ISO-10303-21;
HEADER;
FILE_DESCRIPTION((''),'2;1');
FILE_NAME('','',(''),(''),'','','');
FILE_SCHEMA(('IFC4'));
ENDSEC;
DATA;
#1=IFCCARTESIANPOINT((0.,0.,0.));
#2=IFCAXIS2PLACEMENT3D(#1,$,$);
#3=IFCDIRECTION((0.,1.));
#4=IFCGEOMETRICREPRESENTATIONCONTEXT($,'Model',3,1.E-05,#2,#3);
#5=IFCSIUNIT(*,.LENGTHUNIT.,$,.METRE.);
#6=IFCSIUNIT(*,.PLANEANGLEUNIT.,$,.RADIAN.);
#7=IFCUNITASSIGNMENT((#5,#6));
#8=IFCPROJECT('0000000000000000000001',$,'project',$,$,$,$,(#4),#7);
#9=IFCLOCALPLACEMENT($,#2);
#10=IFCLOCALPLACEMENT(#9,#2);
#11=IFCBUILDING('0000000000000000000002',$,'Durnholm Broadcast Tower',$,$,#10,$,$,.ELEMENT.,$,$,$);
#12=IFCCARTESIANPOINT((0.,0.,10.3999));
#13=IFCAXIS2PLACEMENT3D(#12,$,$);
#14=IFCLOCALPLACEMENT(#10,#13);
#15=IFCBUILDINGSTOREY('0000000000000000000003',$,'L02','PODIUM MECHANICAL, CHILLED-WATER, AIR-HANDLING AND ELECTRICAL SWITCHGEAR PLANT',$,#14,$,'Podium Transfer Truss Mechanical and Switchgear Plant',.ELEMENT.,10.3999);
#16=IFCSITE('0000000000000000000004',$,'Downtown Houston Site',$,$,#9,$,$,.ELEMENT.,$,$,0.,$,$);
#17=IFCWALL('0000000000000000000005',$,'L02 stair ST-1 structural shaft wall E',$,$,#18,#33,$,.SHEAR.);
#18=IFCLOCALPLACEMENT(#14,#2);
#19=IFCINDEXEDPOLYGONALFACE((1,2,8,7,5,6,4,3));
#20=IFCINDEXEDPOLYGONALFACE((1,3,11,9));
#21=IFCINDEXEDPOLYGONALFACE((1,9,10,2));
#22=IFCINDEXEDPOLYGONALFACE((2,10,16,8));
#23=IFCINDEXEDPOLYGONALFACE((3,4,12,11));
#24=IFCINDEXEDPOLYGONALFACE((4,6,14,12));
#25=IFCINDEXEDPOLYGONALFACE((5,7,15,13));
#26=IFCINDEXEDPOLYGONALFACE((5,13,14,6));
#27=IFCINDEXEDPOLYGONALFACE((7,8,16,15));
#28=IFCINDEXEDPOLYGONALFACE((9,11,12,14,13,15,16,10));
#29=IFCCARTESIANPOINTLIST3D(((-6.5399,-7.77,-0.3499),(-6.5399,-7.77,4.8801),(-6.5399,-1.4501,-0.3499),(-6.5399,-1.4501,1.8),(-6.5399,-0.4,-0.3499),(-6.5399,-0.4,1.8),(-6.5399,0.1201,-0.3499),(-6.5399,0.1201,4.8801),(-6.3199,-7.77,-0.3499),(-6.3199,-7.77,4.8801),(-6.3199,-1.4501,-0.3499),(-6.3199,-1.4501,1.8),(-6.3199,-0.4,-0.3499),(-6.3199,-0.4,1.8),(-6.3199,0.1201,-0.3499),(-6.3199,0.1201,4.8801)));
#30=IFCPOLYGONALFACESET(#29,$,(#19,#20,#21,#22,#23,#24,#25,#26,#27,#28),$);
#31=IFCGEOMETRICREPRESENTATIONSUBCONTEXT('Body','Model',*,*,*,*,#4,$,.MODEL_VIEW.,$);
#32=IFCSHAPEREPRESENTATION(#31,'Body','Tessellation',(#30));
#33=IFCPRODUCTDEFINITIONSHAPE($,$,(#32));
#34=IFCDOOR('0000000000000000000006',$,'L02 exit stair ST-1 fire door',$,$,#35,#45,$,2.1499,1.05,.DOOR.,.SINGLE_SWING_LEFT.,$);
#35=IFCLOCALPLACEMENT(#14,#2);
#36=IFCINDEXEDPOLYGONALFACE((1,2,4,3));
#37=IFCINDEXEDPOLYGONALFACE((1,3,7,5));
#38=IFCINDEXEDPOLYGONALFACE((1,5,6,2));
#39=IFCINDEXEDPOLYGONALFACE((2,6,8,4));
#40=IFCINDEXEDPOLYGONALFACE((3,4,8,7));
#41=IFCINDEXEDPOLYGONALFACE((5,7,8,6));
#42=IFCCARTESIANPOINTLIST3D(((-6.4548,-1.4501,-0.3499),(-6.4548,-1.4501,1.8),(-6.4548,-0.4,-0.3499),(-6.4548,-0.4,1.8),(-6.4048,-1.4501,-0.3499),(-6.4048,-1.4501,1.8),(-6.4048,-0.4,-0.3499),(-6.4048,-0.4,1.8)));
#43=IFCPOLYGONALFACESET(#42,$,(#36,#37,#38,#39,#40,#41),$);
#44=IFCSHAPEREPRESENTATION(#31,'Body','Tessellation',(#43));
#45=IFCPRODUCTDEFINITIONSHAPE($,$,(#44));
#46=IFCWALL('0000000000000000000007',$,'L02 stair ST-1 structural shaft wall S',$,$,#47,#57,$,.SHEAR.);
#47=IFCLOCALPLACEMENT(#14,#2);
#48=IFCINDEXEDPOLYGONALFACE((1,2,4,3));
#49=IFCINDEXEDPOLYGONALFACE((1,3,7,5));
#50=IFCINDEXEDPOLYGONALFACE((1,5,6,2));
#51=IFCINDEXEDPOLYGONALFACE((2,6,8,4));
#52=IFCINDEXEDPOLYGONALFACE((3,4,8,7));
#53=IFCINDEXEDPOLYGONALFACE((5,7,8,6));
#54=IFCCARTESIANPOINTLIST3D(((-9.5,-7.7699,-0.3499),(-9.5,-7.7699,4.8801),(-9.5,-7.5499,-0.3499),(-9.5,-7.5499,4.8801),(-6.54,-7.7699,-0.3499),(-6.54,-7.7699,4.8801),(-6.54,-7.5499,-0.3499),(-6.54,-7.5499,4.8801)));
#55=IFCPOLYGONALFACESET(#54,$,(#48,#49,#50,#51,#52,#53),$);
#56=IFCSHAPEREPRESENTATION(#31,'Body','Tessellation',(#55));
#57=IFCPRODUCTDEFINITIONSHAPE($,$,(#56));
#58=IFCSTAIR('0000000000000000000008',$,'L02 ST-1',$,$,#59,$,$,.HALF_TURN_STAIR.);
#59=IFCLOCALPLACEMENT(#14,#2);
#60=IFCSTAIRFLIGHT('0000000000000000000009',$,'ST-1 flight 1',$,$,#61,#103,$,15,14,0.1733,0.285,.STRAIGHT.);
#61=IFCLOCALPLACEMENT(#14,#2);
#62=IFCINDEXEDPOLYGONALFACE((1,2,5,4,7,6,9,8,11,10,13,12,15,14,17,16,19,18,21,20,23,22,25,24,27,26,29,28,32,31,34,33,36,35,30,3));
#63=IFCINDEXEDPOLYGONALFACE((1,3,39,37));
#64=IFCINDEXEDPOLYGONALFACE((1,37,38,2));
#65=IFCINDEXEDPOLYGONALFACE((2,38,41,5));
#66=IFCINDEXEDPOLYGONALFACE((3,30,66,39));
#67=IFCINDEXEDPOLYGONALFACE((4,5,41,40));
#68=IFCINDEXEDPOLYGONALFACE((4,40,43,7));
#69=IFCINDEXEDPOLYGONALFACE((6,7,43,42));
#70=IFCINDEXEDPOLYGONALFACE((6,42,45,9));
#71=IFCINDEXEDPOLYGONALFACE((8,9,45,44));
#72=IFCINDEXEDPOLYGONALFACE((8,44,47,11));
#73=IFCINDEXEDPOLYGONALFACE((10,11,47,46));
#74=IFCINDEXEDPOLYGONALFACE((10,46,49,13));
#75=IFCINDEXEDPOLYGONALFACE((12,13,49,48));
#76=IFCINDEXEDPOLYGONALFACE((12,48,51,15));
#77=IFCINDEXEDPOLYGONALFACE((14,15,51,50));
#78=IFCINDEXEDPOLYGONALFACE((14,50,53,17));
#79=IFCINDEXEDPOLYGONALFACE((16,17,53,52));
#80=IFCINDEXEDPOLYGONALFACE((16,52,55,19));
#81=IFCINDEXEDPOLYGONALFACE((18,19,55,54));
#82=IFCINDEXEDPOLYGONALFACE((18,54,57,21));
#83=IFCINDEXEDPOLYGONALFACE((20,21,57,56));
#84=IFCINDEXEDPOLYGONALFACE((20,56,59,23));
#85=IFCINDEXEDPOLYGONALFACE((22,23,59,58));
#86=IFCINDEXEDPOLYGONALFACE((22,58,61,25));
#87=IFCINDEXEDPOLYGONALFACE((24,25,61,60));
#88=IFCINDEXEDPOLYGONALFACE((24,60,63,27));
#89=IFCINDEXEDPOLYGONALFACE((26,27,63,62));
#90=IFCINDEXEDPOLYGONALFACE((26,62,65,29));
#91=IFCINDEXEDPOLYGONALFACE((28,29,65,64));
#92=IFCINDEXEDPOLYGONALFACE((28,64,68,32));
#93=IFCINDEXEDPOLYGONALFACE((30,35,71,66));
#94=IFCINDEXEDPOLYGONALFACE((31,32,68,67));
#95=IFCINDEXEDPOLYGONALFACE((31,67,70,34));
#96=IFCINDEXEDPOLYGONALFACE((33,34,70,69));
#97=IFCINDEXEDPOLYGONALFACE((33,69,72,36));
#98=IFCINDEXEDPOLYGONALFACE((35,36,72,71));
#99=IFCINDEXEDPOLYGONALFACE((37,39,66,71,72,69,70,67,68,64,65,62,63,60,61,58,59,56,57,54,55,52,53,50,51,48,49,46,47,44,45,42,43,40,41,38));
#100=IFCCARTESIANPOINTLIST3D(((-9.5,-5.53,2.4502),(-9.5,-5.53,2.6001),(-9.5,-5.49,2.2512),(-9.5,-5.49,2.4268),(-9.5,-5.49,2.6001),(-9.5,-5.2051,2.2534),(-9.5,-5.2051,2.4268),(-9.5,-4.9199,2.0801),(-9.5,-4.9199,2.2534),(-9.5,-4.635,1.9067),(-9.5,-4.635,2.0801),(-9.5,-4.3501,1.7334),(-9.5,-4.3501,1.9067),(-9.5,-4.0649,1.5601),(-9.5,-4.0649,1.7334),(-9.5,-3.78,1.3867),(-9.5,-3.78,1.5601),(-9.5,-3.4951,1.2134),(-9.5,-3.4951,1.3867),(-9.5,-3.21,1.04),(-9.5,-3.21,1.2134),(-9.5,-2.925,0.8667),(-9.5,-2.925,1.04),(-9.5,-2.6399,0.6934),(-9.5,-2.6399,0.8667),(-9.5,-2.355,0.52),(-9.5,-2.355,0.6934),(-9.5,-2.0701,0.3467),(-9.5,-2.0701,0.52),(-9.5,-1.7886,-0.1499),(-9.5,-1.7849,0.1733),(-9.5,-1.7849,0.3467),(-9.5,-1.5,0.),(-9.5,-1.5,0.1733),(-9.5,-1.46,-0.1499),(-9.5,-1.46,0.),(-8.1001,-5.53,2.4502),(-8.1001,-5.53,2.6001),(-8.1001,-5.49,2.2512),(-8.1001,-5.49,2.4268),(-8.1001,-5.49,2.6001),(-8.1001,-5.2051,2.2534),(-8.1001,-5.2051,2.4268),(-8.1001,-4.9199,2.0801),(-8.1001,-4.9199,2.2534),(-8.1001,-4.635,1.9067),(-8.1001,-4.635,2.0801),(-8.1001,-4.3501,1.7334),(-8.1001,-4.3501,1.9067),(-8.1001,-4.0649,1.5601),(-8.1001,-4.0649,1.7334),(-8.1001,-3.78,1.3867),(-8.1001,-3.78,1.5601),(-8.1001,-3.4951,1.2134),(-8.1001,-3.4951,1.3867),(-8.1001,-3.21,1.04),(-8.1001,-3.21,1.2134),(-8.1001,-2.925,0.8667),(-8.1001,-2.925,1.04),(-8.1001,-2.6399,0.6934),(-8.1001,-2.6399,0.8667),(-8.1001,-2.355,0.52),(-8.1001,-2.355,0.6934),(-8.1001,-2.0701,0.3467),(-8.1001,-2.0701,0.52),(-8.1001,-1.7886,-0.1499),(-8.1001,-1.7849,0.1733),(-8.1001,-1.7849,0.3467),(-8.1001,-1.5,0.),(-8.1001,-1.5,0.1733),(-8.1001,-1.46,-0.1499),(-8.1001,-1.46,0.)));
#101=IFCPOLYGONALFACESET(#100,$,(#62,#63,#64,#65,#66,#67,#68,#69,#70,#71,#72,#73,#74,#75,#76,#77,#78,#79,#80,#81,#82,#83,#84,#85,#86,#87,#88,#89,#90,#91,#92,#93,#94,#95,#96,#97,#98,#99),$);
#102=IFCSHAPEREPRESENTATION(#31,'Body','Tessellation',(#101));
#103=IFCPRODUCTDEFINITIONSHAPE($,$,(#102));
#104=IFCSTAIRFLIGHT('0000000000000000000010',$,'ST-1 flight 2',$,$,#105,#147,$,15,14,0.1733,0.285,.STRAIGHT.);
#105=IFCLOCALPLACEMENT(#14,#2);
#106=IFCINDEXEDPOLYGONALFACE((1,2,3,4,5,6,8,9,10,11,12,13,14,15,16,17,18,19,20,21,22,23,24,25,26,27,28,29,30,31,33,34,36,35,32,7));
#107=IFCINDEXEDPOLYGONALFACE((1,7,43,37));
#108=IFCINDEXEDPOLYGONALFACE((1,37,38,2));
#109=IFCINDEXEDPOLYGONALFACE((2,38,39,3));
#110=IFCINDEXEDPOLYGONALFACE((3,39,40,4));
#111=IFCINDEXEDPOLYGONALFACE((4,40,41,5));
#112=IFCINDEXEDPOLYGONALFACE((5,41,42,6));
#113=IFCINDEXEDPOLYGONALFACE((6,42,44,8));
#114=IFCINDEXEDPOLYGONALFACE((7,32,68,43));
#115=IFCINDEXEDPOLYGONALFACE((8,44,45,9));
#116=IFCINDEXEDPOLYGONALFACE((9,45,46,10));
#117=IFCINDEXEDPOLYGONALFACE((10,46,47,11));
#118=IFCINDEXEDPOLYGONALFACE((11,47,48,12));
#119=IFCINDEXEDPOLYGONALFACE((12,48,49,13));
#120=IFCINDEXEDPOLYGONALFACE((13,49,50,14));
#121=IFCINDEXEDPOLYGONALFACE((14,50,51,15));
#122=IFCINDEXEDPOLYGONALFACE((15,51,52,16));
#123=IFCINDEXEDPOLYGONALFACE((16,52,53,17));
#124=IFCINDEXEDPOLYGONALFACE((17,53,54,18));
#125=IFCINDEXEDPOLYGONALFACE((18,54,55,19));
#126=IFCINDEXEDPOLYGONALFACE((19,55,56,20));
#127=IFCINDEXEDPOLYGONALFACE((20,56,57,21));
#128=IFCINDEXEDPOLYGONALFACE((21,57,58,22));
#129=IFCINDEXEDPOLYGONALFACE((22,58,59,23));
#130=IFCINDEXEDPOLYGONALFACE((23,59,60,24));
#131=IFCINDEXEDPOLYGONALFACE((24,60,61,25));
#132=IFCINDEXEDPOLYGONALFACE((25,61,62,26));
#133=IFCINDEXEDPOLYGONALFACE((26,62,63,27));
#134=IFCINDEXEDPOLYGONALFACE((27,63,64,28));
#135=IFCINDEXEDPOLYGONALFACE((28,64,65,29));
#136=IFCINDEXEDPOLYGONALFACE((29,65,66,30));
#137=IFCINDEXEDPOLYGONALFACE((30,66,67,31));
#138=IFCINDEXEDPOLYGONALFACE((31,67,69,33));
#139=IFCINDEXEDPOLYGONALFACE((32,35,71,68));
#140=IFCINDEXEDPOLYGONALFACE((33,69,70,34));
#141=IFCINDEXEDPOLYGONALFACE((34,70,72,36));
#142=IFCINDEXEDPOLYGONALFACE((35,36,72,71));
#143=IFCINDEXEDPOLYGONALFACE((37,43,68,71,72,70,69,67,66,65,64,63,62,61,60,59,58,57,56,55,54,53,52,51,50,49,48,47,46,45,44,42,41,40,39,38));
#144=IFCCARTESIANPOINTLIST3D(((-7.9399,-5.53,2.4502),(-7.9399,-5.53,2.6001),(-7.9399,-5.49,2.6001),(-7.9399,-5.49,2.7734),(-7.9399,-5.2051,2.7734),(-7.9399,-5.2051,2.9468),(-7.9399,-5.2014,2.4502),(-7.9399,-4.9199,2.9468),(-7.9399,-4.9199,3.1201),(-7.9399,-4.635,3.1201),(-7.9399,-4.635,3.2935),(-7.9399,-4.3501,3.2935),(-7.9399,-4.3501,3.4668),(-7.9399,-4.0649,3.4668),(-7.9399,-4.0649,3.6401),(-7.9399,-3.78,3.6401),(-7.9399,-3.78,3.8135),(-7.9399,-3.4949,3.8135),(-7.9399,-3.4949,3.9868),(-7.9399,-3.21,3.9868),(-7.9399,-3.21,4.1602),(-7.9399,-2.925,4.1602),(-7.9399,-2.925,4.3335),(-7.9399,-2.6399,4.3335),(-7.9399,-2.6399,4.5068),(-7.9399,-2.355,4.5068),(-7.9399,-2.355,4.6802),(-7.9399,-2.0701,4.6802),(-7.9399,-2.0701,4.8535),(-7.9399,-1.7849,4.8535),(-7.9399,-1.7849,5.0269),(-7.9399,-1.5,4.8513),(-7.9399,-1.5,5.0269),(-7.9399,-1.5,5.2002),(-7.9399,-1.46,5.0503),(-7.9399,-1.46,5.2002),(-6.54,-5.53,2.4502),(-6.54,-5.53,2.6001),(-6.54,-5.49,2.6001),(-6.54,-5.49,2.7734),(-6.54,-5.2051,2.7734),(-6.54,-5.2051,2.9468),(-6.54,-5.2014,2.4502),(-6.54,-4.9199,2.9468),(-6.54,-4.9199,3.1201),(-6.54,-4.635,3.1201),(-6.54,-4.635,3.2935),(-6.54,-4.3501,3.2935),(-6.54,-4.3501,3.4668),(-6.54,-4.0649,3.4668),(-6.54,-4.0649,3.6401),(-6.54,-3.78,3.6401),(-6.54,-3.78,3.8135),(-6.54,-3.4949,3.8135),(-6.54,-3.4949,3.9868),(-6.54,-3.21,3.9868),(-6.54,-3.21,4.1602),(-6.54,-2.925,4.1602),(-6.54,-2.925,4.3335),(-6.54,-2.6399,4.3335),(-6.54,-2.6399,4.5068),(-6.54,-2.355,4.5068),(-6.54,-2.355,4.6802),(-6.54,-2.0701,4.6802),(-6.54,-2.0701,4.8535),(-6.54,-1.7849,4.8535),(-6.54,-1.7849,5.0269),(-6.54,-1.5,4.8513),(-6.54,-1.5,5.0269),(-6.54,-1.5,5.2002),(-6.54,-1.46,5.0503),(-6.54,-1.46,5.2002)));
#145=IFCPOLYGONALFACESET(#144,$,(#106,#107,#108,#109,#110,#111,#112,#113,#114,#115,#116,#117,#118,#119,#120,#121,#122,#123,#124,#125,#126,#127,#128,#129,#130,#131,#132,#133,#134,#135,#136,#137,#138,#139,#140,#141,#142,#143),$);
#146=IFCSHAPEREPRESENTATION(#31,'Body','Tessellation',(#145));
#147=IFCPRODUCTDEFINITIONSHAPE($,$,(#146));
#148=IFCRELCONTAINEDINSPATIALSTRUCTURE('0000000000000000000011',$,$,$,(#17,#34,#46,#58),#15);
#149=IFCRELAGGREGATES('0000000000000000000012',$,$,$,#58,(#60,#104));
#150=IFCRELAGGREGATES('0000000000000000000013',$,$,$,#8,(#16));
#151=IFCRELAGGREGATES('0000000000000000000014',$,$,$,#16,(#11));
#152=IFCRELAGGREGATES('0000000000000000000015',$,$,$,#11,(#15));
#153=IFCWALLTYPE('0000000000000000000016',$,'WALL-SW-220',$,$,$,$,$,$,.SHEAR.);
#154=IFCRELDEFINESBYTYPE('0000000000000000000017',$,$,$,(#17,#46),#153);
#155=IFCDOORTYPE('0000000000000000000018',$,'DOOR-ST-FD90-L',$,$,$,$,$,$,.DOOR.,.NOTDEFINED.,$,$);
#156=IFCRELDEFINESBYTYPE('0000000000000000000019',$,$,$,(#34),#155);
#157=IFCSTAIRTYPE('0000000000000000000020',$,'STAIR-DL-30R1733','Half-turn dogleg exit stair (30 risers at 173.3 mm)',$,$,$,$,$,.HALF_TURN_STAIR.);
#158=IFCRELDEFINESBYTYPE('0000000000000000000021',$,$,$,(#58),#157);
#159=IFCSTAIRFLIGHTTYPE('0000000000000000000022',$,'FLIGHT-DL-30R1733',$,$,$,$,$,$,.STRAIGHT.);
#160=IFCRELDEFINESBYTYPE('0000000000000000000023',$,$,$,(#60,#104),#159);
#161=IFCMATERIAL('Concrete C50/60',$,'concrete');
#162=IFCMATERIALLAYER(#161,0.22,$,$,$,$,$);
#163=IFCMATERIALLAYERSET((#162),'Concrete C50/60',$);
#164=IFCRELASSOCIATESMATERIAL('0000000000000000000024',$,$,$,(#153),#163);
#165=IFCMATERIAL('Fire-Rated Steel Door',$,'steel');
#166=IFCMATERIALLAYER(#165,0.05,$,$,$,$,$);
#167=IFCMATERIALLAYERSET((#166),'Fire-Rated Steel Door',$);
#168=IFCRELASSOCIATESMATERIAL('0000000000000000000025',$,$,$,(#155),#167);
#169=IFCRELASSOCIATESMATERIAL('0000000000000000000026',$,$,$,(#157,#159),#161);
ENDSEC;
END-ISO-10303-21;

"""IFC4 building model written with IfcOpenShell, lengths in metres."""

from ifc_helpers import new_model, si_unit, direction, frame, frame_2d, origin, place, context, subcontext, project, spatial, polyline, rectangle, outline, extrude, source, transform, mapped, material, layer, layer_set, type_object, type_shapes, element, fill, aggregate, save


model = new_model("IFC4")

# Units and contexts
model_context = context("Model", 3, precision=1e-05, world=origin(), true_north=direction((0.0, 1.0)))
body_context = subcontext(model_context, "Body", "Model", "MODEL_VIEW")
ifc_project = project(units=[si_unit("LENGTHUNIT", "METRE"), si_unit("PLANEANGLEUNIT", "RADIAN")], contexts=[model_context])

# Site, building, storey
site_placement = place(None, origin())
site = spatial("IfcSite", under=ifc_project, at=site_placement, Name="Downtown Houston Site", CompositionType="ELEMENT", RefElevation=0.0)
building_placement = place(site_placement, origin())
building = spatial("IfcBuilding", under=site, at=building_placement, Name="Durnholm Broadcast Tower", CompositionType="ELEMENT")
storey_placement = place(building_placement, frame((0.0, 0.0, 10.3999)))
storey = spatial("IfcBuildingStorey", under=building, at=storey_placement, Name="L02", Description="PODIUM MECHANICAL, CHILLED-WATER, AIR-HANDLING AND ELECTRICAL SWITCHGEAR PLANT", LongName="Podium Transfer Truss Mechanical and Switchgear Plant", CompositionType="ELEMENT", Elevation=10.3999)

# Wall, opening, door
ifc_material_1 = material(Name="Concrete C50/60", Category="concrete")
ifc_layer_1 = layer(ifc_material_1, 0.22)
ifc_layer_set_1 = layer_set([ifc_layer_1], Name="Concrete C50/60")
wall_type_1 = type_object("IfcWallType", Name="WALL-SW-220", PredefinedType="SHEAR", material=ifc_layer_set_1)
wall_1_placement = place(storey_placement, frame((-6.4299, -7.77, -0.3499), z_axis=(0.0, 0.0, 1.0), x_axis=(0.0, 1.0, 0.0)))
wall_1 = element("IfcWall", 1, at=wall_1_placement, inside=storey, type_object=wall_type_1, Name="L02 stair ST-1 structural shaft wall E", PredefinedType="SHEAR", context=body_context, shape_type="SweptSolid", body=[
    extrude(rectangle(XDim=7.8901, YDim=0.22, at=frame_2d((3.9451, 0.0))), origin(), (0.0, 0.0, 1.0), 5.23),
])
opening_placement = place(wall_1_placement, frame((6.3201, 0.0, 0.0)))
opening = element("IfcOpeningElement", 2, at=opening_placement, cuts=wall_1, PredefinedType="OPENING", context=body_context, shape_type="SweptSolid", body=[
    extrude(rectangle(XDim=1.05, YDim=2.1499, at=frame_2d((0.5249, 1.075))), frame((0.0, 0.1201, 0.0), z_axis=(0.0, -1.0, 0.0), x_axis=(1.0, 0.0, 0.0)), (0.0, 0.0, 1.0), 0.24),
])
ifc_material_2 = material(Name="Fire-Rated Steel Door", Category="steel")
ifc_layer_2 = layer(ifc_material_2, 0.05)
ifc_layer_set_2 = layer_set([ifc_layer_2], Name="Fire-Rated Steel Door")
door_type = type_object("IfcDoorType", Name="DOOR-ST-FD90-L", OperationType="NOTDEFINED", PredefinedType="DOOR", material=ifc_layer_set_2)
shared_shape_1 = source(origin(), body_context, "Body", "SweptSolid", [
    extrude(rectangle(XDim=1.05, YDim=2.1499, at=frame_2d((0.5249, 1.075))), frame((0.0, 0.0249, 0.0), z_axis=(0.0, -1.0, 0.0), x_axis=(1.0, 0.0, 0.0)), (0.0, 0.0, 1.0), 0.05),
])
type_shapes(door_type, [shared_shape_1])
door_placement = place(opening_placement, origin())
door = element("IfcDoor", 3, at=door_placement, inside=storey, type_object=door_type, Name="L02 exit stair ST-1 fire door", OperationType="SINGLE_SWING_LEFT", OverallHeight=2.1499, OverallWidth=1.05, PredefinedType="DOOR", context=body_context, shape_type="MappedRepresentation", body=[
    mapped(shared_shape_1, transform((0.0, 0.0, 0.0), x_axis=(1.0, 0.0, 0.0), y_axis=(0.0, 1.0, 0.0), z_axis=(0.0, 0.0, 1.0), scale=1.0)),
])
fill(opening, door)

# Wall
wall_2_placement = place(storey_placement, frame((-9.5, -7.6599, -0.3499), z_axis=(0.0, 0.0, 1.0), x_axis=(1.0, 0.0, 0.0)))
element("IfcWall", 4, at=wall_2_placement, inside=storey, type_object=wall_type_1, Name="L02 stair ST-1 structural shaft wall S", PredefinedType="SHEAR", context=body_context, shape_type="SweptSolid", body=[
    extrude(rectangle(XDim=2.96, YDim=0.22, at=frame_2d((1.48, 0.0))), origin(), (0.0, 0.0, 1.0), 5.23),
])

# Stair, stair flights
stair_type = type_object("IfcStairType", Name="STAIR-DL-30R1733", Description="Half-turn dogleg exit stair (30 risers at 173.3 mm)", PredefinedType="HALF_TURN_STAIR", material=ifc_material_1)
stair_placement = place(storey_placement, origin())
stair = element("IfcStair", 5, at=stair_placement, inside=storey, type_object=stair_type, Name="L02 ST-1", PredefinedType="HALF_TURN_STAIR")
stair_flight_type = type_object("IfcStairFlightType", Name="FLIGHT-DL-30R1733", PredefinedType="STRAIGHT", material=ifc_material_1)
stair_flight_1_placement = place(storey_placement, frame((-8.8, -1.5, 0.0), z_axis=(0.0, 0.0, 1.0), x_axis=(0.0, -1.0, 0.0)))
stair_flight_1 = element("IfcStairFlight", 6, at=stair_flight_1_placement, type_object=stair_flight_type, Name="ST-1 flight 1", NumberOfRisers=15, NumberOfTreads=14, PredefinedType="STRAIGHT", RiserHeight=0.1733, TreadLength=0.285, context=body_context, shape_type="SweptSolid", body=[
    extrude(outline(polyline([(-0.04, -0.1499), (-0.04, 0.0), (0.0, 0.0), (0.0, 0.1733), (0.2849, 0.1733), (0.2849, 0.3467), (0.5701, 0.3467), (0.5701, 0.52), (0.855, 0.52), (0.855, 0.6934), (1.1399, 0.6934), (1.1399, 0.8667), (1.425, 0.8667), (1.425, 1.04), (1.71, 1.04), (1.71, 1.2134), (1.9951, 1.2134), (1.9951, 1.3867), (2.28, 1.3867), (2.28, 1.5601), (2.5649, 1.5601), (2.5649, 1.7334), (2.8501, 1.7334), (2.8501, 1.9067), (3.135, 1.9067), (3.135, 2.0801), (3.4199, 2.0801), (3.4199, 2.2534), (3.7051, 2.2534), (3.7051, 2.4268), (3.99, 2.4268), (3.99, 2.6001), (4.03, 2.6001), (4.03, 2.4502), (3.99, 2.2512), (0.2886, -0.1499), (-0.04, -0.1499)])), frame((0.0, 0.7, 0.0), z_axis=(0.0, -1.0, 0.0), x_axis=(1.0, 0.0, 0.0)), (0.0, 0.0, 1.0), 1.3999),
])
stair_flight_2_placement = place(storey_placement, frame((-7.24, -5.49, 2.6001), z_axis=(0.0, 0.0, 1.0), x_axis=(0.0, 1.0, 0.0)))
stair_flight_2 = element("IfcStairFlight", 7, at=stair_flight_2_placement, type_object=stair_flight_type, Name="ST-1 flight 2", NumberOfRisers=15, NumberOfTreads=14, PredefinedType="STRAIGHT", RiserHeight=0.1733, TreadLength=0.285, context=body_context, shape_type="SweptSolid", body=[
    extrude(outline(polyline([(-0.04, -0.1499), (-0.04, 0.0), (0.0, 0.0), (0.0, 0.1733), (0.2849, 0.1733), (0.2849, 0.3467), (0.5701, 0.3467), (0.5701, 0.52), (0.855, 0.52), (0.855, 0.6934), (1.1399, 0.6934), (1.1399, 0.8667), (1.425, 0.8667), (1.425, 1.04), (1.71, 1.04), (1.71, 1.2134), (1.9951, 1.2134), (1.9951, 1.3867), (2.28, 1.3867), (2.28, 1.5601), (2.5649, 1.5601), (2.5649, 1.7334), (2.8501, 1.7334), (2.8501, 1.9067), (3.135, 1.9067), (3.135, 2.0801), (3.4199, 2.0801), (3.4199, 2.2534), (3.7051, 2.2534), (3.7051, 2.4268), (3.99, 2.4268), (3.99, 2.6001), (4.03, 2.6001), (4.03, 2.4502), (3.99, 2.2512), (0.2886, -0.1499), (-0.04, -0.1499)])), frame((0.0, 0.7, 0.0), z_axis=(0.0, -1.0, 0.0), x_axis=(1.0, 0.0, 0.0)), (0.0, 0.0, 1.0), 1.3999),
])
aggregate(stair, [stair_flight_1, stair_flight_2])

save(model, "model.ifc")
